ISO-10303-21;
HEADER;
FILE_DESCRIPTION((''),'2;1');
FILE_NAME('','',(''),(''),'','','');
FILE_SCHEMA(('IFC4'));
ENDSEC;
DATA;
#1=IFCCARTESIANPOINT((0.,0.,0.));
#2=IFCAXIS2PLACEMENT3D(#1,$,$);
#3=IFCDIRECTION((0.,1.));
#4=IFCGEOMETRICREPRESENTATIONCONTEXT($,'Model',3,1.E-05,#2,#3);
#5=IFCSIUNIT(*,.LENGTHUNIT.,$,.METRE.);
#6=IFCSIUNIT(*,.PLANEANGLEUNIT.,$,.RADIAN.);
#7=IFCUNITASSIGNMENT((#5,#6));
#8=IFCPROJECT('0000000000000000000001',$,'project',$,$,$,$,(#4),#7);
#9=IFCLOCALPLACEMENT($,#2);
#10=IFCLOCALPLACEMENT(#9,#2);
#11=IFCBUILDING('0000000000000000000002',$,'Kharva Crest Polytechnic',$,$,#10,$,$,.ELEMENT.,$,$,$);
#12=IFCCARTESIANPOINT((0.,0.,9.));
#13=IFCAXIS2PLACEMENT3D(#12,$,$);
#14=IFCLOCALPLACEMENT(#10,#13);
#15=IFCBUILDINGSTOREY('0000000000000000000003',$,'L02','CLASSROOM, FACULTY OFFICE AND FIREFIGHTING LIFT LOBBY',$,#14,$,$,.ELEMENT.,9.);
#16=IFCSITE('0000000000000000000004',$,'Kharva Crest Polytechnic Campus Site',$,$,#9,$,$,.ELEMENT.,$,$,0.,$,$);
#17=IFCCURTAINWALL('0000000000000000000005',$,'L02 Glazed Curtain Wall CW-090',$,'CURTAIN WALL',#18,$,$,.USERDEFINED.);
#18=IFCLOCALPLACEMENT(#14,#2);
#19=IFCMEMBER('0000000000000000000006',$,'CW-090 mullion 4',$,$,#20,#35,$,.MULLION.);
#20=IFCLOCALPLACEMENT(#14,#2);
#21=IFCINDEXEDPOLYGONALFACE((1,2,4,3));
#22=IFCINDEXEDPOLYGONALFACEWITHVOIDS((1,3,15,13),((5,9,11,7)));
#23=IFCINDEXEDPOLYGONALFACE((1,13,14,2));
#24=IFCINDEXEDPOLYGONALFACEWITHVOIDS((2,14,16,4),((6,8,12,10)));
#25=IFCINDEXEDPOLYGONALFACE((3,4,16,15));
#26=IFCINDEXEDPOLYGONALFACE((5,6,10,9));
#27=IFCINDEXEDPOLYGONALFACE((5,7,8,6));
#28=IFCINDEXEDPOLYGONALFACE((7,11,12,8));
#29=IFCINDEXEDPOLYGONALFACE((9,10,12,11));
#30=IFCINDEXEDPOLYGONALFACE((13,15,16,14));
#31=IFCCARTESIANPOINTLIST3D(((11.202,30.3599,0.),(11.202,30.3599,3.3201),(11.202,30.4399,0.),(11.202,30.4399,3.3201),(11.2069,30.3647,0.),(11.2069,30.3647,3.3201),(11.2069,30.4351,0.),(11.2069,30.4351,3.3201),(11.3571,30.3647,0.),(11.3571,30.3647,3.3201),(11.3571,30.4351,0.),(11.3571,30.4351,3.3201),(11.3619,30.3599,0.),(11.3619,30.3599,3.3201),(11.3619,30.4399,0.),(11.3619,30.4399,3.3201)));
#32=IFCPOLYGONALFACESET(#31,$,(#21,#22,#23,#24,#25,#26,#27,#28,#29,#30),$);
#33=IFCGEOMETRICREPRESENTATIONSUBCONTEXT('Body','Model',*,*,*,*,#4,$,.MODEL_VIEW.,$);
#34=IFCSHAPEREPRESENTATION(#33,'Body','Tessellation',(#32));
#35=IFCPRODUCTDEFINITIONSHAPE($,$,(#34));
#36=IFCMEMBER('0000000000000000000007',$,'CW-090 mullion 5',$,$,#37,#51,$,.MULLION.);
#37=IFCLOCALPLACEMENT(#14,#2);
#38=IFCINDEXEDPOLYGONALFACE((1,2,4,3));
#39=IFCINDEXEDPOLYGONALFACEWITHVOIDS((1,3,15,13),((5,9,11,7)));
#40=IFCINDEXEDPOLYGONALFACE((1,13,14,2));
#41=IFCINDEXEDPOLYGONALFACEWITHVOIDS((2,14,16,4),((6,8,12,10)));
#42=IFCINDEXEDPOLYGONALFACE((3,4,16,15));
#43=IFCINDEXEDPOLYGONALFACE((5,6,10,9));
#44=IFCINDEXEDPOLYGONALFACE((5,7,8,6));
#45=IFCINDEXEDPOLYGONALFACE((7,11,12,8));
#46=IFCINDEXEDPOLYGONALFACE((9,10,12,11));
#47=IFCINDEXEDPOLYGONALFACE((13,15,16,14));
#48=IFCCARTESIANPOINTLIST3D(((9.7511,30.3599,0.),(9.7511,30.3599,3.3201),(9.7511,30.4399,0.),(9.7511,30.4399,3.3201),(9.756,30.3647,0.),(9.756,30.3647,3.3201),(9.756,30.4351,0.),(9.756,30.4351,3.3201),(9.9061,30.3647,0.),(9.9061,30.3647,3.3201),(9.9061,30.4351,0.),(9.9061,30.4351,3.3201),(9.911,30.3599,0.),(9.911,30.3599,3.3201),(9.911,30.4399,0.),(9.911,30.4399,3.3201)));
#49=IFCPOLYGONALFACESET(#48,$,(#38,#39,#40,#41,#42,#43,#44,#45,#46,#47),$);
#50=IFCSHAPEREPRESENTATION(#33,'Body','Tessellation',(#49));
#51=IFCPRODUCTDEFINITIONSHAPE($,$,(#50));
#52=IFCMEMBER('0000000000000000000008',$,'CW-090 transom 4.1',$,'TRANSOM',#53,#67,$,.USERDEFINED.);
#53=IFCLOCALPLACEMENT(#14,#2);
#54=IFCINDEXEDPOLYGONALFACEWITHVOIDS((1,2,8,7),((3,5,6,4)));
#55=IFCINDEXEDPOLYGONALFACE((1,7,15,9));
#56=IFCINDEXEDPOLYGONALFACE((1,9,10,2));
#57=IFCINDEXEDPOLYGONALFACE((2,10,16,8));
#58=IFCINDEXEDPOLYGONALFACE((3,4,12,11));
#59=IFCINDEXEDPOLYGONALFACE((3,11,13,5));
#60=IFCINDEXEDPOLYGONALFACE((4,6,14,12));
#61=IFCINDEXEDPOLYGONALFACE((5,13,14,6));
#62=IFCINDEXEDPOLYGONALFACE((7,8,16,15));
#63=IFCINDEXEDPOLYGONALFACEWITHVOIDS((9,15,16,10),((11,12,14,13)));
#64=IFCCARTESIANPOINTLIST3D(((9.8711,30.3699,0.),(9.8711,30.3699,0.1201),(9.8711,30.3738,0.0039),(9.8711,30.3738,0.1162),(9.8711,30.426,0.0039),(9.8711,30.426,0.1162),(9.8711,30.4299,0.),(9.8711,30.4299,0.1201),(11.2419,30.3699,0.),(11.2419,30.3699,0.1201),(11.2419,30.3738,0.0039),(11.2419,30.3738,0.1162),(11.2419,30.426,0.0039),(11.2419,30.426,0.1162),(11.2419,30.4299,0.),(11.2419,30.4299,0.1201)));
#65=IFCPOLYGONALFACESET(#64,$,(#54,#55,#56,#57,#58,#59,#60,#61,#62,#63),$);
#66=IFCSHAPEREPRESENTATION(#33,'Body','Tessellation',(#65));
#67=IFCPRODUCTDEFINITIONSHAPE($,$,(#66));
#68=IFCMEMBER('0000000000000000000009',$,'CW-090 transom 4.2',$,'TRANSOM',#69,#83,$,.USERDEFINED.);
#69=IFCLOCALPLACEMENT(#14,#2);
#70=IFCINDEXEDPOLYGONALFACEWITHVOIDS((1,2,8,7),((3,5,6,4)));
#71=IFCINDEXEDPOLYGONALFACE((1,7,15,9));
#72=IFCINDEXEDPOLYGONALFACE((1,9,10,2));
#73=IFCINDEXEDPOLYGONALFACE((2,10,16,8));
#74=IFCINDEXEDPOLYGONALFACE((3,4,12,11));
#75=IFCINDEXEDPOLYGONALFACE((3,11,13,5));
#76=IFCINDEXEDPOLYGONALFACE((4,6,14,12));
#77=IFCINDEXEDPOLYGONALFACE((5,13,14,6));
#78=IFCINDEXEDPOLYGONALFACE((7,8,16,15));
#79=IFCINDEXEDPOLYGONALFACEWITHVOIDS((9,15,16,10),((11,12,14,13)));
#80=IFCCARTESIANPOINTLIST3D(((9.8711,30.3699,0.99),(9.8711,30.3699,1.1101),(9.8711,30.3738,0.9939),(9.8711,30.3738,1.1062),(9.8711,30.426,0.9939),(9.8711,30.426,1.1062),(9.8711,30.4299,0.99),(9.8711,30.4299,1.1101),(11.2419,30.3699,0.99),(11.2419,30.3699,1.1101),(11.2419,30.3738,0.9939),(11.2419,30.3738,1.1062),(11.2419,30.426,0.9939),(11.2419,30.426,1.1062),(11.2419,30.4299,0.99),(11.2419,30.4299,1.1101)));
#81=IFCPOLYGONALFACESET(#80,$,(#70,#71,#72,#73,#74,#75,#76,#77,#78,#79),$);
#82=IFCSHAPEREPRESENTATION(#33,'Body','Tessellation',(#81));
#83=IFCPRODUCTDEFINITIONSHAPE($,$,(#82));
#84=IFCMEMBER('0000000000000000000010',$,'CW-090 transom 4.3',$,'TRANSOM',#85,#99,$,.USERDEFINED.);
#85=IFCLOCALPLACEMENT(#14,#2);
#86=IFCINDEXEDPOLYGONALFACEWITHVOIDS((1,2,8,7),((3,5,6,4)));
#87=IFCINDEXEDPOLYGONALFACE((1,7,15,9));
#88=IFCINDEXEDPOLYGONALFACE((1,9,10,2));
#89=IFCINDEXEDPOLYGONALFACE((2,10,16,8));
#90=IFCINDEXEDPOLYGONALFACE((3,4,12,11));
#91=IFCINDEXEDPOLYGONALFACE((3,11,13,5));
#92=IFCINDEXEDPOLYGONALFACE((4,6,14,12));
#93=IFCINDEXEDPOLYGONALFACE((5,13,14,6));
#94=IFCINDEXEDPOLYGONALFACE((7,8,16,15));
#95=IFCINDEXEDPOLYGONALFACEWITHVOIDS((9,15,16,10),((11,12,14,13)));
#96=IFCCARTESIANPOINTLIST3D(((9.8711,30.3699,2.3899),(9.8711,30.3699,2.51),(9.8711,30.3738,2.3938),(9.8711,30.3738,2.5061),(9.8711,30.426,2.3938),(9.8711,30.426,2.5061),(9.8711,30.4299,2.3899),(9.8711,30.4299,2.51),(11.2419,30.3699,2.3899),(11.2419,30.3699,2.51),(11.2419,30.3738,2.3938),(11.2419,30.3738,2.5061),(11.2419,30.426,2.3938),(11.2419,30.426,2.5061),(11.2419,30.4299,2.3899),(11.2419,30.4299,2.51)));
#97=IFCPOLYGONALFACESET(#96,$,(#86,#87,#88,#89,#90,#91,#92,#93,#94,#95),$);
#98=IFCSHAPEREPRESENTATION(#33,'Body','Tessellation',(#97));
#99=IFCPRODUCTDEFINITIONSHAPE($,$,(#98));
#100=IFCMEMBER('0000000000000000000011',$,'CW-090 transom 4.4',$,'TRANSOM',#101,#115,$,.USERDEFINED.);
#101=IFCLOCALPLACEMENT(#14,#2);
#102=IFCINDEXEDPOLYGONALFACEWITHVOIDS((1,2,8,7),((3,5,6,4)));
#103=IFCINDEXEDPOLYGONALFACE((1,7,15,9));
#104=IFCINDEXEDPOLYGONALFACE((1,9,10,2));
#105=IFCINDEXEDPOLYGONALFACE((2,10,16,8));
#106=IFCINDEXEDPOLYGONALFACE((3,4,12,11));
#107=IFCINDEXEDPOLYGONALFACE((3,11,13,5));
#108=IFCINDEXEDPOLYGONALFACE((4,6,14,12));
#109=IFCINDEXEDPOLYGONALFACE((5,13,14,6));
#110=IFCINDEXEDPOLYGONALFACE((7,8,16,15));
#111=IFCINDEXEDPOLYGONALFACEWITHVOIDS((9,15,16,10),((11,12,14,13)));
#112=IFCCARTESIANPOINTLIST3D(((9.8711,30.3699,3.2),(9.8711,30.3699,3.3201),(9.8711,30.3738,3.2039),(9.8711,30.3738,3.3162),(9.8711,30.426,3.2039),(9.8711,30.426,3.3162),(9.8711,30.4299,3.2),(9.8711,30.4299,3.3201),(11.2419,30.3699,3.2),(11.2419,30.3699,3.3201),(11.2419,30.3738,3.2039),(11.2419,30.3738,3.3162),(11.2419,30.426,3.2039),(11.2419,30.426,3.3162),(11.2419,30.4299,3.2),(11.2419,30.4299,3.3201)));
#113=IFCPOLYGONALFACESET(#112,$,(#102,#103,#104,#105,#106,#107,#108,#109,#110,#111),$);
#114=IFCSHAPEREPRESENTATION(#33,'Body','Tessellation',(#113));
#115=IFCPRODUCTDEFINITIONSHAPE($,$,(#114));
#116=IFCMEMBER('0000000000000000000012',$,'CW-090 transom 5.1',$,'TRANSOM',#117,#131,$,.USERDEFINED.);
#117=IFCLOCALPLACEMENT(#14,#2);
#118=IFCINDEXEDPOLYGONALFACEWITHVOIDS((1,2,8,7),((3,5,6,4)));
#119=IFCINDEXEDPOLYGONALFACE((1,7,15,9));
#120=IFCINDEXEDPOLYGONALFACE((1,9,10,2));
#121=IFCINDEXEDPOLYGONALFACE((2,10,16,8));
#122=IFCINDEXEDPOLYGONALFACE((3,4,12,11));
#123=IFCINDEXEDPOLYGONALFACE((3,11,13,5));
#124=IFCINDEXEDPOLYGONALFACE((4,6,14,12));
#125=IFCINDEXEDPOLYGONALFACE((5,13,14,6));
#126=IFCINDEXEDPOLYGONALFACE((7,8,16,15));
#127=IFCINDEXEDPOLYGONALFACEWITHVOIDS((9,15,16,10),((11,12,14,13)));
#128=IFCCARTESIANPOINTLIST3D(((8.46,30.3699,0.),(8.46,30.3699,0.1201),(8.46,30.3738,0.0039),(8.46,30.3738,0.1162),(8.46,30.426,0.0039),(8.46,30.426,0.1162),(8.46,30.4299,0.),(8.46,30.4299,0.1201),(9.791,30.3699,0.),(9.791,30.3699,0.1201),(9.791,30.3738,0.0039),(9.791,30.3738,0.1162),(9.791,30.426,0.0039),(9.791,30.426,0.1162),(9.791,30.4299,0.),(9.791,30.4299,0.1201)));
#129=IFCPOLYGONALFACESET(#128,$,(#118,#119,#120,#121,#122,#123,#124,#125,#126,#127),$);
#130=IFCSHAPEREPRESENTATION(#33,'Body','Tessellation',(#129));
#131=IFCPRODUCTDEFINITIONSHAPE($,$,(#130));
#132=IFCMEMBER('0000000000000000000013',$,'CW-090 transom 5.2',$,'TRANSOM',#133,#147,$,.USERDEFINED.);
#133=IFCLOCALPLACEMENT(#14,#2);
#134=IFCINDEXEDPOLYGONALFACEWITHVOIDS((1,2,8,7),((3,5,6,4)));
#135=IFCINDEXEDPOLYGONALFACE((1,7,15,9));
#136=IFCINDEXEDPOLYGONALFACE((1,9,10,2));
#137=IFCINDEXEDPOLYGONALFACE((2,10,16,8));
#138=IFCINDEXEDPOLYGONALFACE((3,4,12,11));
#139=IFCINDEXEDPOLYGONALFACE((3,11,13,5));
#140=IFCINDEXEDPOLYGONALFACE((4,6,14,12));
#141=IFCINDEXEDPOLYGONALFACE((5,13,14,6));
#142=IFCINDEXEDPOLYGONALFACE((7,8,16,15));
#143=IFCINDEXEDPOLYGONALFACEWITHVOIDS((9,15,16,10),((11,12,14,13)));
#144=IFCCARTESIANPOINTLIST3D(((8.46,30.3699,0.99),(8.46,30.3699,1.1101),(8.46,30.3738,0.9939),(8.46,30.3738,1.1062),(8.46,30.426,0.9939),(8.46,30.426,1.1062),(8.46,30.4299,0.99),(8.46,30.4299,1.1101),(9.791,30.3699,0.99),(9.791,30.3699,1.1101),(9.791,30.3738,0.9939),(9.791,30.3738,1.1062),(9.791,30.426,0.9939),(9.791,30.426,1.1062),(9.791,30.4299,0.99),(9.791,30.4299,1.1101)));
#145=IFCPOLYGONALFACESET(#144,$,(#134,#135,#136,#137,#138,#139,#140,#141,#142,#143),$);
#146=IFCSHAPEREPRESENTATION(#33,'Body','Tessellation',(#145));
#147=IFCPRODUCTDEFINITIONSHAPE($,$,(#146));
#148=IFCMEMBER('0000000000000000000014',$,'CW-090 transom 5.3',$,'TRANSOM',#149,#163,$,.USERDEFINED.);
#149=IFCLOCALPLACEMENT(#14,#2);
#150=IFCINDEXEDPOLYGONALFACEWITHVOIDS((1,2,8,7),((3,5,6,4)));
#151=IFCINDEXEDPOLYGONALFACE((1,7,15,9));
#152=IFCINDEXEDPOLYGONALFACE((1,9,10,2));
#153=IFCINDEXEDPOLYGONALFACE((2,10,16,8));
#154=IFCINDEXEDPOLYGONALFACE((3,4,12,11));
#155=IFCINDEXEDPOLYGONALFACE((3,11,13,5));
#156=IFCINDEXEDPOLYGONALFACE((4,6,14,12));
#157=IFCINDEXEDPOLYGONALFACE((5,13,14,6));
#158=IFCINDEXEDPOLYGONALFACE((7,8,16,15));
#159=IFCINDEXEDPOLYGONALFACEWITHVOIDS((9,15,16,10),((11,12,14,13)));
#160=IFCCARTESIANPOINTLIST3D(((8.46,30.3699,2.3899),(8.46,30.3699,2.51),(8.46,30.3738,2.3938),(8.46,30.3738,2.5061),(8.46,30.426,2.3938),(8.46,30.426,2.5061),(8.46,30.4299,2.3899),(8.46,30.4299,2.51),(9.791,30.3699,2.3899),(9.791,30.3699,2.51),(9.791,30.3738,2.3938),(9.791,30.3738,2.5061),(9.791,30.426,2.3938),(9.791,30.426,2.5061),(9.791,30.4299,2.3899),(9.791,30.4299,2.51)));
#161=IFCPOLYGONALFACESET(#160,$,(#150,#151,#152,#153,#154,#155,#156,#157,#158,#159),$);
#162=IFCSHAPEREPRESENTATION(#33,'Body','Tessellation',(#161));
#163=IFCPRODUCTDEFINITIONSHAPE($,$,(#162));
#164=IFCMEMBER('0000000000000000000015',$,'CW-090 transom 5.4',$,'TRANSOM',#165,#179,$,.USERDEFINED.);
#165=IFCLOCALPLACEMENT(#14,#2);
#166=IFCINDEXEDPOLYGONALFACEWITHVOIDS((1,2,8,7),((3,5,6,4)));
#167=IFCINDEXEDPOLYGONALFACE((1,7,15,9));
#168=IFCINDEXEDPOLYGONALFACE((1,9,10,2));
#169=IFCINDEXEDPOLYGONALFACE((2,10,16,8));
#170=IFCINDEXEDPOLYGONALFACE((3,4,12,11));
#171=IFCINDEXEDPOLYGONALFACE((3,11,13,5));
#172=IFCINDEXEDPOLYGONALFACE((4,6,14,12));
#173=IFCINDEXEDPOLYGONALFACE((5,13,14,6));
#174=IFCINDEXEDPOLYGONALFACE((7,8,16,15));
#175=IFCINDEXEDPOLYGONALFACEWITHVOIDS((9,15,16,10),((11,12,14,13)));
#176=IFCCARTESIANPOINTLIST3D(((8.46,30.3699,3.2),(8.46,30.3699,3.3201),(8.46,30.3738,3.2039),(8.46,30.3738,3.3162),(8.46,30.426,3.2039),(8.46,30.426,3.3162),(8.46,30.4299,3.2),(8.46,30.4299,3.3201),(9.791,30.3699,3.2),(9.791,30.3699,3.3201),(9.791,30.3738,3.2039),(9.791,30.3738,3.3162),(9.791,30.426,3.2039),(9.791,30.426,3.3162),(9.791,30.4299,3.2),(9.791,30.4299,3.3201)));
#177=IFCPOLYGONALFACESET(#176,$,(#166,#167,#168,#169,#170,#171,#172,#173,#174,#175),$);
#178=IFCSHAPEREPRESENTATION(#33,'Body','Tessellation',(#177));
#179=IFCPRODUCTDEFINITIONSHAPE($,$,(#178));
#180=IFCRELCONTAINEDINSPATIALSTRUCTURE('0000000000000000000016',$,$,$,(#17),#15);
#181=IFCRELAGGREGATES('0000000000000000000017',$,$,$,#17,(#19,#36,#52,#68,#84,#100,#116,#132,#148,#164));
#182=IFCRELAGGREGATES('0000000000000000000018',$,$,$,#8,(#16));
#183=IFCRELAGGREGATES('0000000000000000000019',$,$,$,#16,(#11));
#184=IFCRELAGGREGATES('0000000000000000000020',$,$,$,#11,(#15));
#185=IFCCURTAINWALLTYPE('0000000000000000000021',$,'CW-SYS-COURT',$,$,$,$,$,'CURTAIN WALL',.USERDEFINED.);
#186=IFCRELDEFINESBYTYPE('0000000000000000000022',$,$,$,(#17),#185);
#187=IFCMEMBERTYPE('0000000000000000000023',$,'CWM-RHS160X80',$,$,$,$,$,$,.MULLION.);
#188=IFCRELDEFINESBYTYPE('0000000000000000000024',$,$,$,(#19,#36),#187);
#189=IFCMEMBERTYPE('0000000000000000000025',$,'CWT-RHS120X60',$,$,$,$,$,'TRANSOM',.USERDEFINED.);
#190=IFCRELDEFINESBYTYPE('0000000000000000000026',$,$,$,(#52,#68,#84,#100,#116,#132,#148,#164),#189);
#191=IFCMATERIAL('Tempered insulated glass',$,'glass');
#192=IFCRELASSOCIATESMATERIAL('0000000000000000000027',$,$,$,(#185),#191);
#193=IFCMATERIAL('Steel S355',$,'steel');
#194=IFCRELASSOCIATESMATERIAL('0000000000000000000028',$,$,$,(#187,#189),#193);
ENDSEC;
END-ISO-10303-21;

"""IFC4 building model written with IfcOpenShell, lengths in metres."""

from ifc_helpers import new_model, si_unit, direction, frame, origin, origin_2d, place, context, subcontext, project, spatial, hollow_rectangle, extrude, material, material_profile, profile_set, type_object, element, aggregate, save


model = new_model("IFC4")

# Units and contexts
model_context = context("Model", 3, precision=1e-05, world=origin(), true_north=direction((0.0, 1.0)))
body_context = subcontext(model_context, "Body", "Model", "MODEL_VIEW")
ifc_project = project(units=[si_unit("LENGTHUNIT", "METRE"), si_unit("PLANEANGLEUNIT", "RADIAN")], contexts=[model_context])

# Site, building, storey
site_placement = place(None, origin())
site = spatial("IfcSite", under=ifc_project, at=site_placement, Name="Kharva Crest Polytechnic Campus Site", CompositionType="ELEMENT", RefElevation=0.0)
building_placement = place(site_placement, origin())
building = spatial("IfcBuilding", under=site, at=building_placement, Name="Kharva Crest Polytechnic", CompositionType="ELEMENT")
storey_placement = place(building_placement, frame((0.0, 0.0, 9.0)))
storey = spatial("IfcBuildingStorey", under=building, at=storey_placement, Name="L02", Description="CLASSROOM, FACULTY OFFICE AND FIREFIGHTING LIFT LOBBY", CompositionType="ELEMENT", Elevation=9.0)

# Curtain wall, members
ifc_material_1 = material(Name="Tempered insulated glass", Category="glass")
curtain_wall_type = type_object("IfcCurtainWallType", Name="CW-SYS-COURT", ElementType="CURTAIN WALL", PredefinedType="USERDEFINED", material=ifc_material_1)
curtain_wall_placement = place(storey_placement, origin())
curtain_wall = element("IfcCurtainWall", 1, at=curtain_wall_placement, inside=storey, type_object=curtain_wall_type, Name="L02 Glazed Curtain Wall CW-090", ObjectType="CURTAIN WALL", PredefinedType="USERDEFINED")
ifc_material_2 = material(Name="Steel S355", Category="steel")
ifc_material_profile_1 = material_profile(ifc_material_2, hollow_rectangle(XDim=0.0801, YDim=0.1599, WallThickness=0.0049, at=origin_2d()), Name="RHS 160X80X5.0")
ifc_profile_set_1 = profile_set([ifc_material_profile_1], Name="Steel S355")
member_type_1 = type_object("IfcMemberType", Name="CWM-RHS160X80", PredefinedType="MULLION", material=ifc_profile_set_1)
member_1_placement = place(storey_placement, frame((11.282, 30.3999, 0.0), z_axis=(0.0, 0.0, 1.0), x_axis=(0.0, -1.0, 0.0)))
member_1 = element("IfcMember", 2, at=member_1_placement, type_object=member_type_1, Name="CW-090 mullion 4", PredefinedType="MULLION", context=body_context, shape_type="SweptSolid", body=[
    extrude(hollow_rectangle(XDim=0.0801, YDim=0.1599, WallThickness=0.0049, at=origin_2d()), origin(), (0.0, 0.0, 1.0), 3.3201),
])
member_2_placement = place(storey_placement, frame((9.8311, 30.3999, 0.0), z_axis=(0.0, 0.0, 1.0), x_axis=(0.0, -1.0, 0.0)))
member_2 = element("IfcMember", 3, at=member_2_placement, type_object=member_type_1, Name="CW-090 mullion 5", PredefinedType="MULLION", context=body_context, shape_type="SweptSolid", body=[
    extrude(hollow_rectangle(XDim=0.0801, YDim=0.1599, WallThickness=0.0049, at=origin_2d()), origin(), (0.0, 0.0, 1.0), 3.3201),
])
ifc_material_profile_2 = material_profile(ifc_material_2, hollow_rectangle(XDim=0.0601, YDim=0.1201, WallThickness=0.0039, at=origin_2d()), Name="RHS 120X60X4.0")
ifc_profile_set_2 = profile_set([ifc_material_profile_2], Name="Steel S355")
member_type_2 = type_object("IfcMemberType", Name="CWT-RHS120X60", ElementType="TRANSOM", PredefinedType="USERDEFINED", material=ifc_profile_set_2)
member_3_placement = place(storey_placement, frame((11.2419, 30.3999, 0.0601), z_axis=(-1.0, 0.0, 0.0), x_axis=(0.0, -1.0, 0.0)))
member_3 = element("IfcMember", 4, at=member_3_placement, type_object=member_type_2, Name="CW-090 transom 4.1", ObjectType="TRANSOM", PredefinedType="USERDEFINED", context=body_context, shape_type="SweptSolid", body=[
    extrude(hollow_rectangle(XDim=0.0601, YDim=0.1201, WallThickness=0.0039, at=origin_2d()), origin(), (0.0, 0.0, 1.0), 1.3708),
])
member_4_placement = place(storey_placement, frame((11.2419, 30.3999, 1.05), z_axis=(-1.0, 0.0, 0.0), x_axis=(0.0, -1.0, 0.0)))
member_4 = element("IfcMember", 5, at=member_4_placement, type_object=member_type_2, Name="CW-090 transom 4.2", ObjectType="TRANSOM", PredefinedType="USERDEFINED", context=body_context, shape_type="SweptSolid", body=[
    extrude(hollow_rectangle(XDim=0.0601, YDim=0.1201, WallThickness=0.0039, at=origin_2d()), origin(), (0.0, 0.0, 1.0), 1.3708),
])
member_5_placement = place(storey_placement, frame((11.2419, 30.3999, 2.45), z_axis=(-1.0, 0.0, 0.0), x_axis=(0.0, -1.0, 0.0)))
member_5 = element("IfcMember", 6, at=member_5_placement, type_object=member_type_2, Name="CW-090 transom 4.3", ObjectType="TRANSOM", PredefinedType="USERDEFINED", context=body_context, shape_type="SweptSolid", body=[
    extrude(hollow_rectangle(XDim=0.0601, YDim=0.1201, WallThickness=0.0039, at=origin_2d()), origin(), (0.0, 0.0, 1.0), 1.3708),
])
member_6_placement = place(storey_placement, frame((11.2419, 30.3999, 3.26), z_axis=(-1.0, 0.0, 0.0), x_axis=(0.0, -1.0, 0.0)))
member_6 = element("IfcMember", 7, at=member_6_placement, type_object=member_type_2, Name="CW-090 transom 4.4", ObjectType="TRANSOM", PredefinedType="USERDEFINED", context=body_context, shape_type="SweptSolid", body=[
    extrude(hollow_rectangle(XDim=0.0601, YDim=0.1201, WallThickness=0.0039, at=origin_2d()), origin(), (0.0, 0.0, 1.0), 1.3708),
])
member_7_placement = place(storey_placement, frame((9.791, 30.3999, 0.0601), z_axis=(-1.0, 0.0, 0.0), x_axis=(0.0, -1.0, 0.0)))
member_7 = element("IfcMember", 8, at=member_7_placement, type_object=member_type_2, Name="CW-090 transom 5.1", ObjectType="TRANSOM", PredefinedType="USERDEFINED", context=body_context, shape_type="SweptSolid", body=[
    extrude(hollow_rectangle(XDim=0.0601, YDim=0.1201, WallThickness=0.0039, at=origin_2d()), origin(), (0.0, 0.0, 1.0), 1.3311),
])
member_8_placement = place(storey_placement, frame((9.791, 30.3999, 1.05), z_axis=(-1.0, 0.0, 0.0), x_axis=(0.0, -1.0, 0.0)))
member_8 = element("IfcMember", 9, at=member_8_placement, type_object=member_type_2, Name="CW-090 transom 5.2", ObjectType="TRANSOM", PredefinedType="USERDEFINED", context=body_context, shape_type="SweptSolid", body=[
    extrude(hollow_rectangle(XDim=0.0601, YDim=0.1201, WallThickness=0.0039, at=origin_2d()), origin(), (0.0, 0.0, 1.0), 1.3311),
])
member_9_placement = place(storey_placement, frame((9.791, 30.3999, 2.45), z_axis=(-1.0, 0.0, 0.0), x_axis=(0.0, -1.0, 0.0)))
member_9 = element("IfcMember", 10, at=member_9_placement, type_object=member_type_2, Name="CW-090 transom 5.3", ObjectType="TRANSOM", PredefinedType="USERDEFINED", context=body_context, shape_type="SweptSolid", body=[
    extrude(hollow_rectangle(XDim=0.0601, YDim=0.1201, WallThickness=0.0039, at=origin_2d()), origin(), (0.0, 0.0, 1.0), 1.3311),
])
member_10_placement = place(storey_placement, frame((9.791, 30.3999, 3.26), z_axis=(-1.0, 0.0, 0.0), x_axis=(0.0, -1.0, 0.0)))
member_10 = element("IfcMember", 11, at=member_10_placement, type_object=member_type_2, Name="CW-090 transom 5.4", ObjectType="TRANSOM", PredefinedType="USERDEFINED", context=body_context, shape_type="SweptSolid", body=[
    extrude(hollow_rectangle(XDim=0.0601, YDim=0.1201, WallThickness=0.0039, at=origin_2d()), origin(), (0.0, 0.0, 1.0), 1.3311),
])

aggregate(curtain_wall, [member_1, member_2, member_3, member_4, member_5, member_6, member_7, member_8, member_9, member_10])

save(model, "model.ifc")
